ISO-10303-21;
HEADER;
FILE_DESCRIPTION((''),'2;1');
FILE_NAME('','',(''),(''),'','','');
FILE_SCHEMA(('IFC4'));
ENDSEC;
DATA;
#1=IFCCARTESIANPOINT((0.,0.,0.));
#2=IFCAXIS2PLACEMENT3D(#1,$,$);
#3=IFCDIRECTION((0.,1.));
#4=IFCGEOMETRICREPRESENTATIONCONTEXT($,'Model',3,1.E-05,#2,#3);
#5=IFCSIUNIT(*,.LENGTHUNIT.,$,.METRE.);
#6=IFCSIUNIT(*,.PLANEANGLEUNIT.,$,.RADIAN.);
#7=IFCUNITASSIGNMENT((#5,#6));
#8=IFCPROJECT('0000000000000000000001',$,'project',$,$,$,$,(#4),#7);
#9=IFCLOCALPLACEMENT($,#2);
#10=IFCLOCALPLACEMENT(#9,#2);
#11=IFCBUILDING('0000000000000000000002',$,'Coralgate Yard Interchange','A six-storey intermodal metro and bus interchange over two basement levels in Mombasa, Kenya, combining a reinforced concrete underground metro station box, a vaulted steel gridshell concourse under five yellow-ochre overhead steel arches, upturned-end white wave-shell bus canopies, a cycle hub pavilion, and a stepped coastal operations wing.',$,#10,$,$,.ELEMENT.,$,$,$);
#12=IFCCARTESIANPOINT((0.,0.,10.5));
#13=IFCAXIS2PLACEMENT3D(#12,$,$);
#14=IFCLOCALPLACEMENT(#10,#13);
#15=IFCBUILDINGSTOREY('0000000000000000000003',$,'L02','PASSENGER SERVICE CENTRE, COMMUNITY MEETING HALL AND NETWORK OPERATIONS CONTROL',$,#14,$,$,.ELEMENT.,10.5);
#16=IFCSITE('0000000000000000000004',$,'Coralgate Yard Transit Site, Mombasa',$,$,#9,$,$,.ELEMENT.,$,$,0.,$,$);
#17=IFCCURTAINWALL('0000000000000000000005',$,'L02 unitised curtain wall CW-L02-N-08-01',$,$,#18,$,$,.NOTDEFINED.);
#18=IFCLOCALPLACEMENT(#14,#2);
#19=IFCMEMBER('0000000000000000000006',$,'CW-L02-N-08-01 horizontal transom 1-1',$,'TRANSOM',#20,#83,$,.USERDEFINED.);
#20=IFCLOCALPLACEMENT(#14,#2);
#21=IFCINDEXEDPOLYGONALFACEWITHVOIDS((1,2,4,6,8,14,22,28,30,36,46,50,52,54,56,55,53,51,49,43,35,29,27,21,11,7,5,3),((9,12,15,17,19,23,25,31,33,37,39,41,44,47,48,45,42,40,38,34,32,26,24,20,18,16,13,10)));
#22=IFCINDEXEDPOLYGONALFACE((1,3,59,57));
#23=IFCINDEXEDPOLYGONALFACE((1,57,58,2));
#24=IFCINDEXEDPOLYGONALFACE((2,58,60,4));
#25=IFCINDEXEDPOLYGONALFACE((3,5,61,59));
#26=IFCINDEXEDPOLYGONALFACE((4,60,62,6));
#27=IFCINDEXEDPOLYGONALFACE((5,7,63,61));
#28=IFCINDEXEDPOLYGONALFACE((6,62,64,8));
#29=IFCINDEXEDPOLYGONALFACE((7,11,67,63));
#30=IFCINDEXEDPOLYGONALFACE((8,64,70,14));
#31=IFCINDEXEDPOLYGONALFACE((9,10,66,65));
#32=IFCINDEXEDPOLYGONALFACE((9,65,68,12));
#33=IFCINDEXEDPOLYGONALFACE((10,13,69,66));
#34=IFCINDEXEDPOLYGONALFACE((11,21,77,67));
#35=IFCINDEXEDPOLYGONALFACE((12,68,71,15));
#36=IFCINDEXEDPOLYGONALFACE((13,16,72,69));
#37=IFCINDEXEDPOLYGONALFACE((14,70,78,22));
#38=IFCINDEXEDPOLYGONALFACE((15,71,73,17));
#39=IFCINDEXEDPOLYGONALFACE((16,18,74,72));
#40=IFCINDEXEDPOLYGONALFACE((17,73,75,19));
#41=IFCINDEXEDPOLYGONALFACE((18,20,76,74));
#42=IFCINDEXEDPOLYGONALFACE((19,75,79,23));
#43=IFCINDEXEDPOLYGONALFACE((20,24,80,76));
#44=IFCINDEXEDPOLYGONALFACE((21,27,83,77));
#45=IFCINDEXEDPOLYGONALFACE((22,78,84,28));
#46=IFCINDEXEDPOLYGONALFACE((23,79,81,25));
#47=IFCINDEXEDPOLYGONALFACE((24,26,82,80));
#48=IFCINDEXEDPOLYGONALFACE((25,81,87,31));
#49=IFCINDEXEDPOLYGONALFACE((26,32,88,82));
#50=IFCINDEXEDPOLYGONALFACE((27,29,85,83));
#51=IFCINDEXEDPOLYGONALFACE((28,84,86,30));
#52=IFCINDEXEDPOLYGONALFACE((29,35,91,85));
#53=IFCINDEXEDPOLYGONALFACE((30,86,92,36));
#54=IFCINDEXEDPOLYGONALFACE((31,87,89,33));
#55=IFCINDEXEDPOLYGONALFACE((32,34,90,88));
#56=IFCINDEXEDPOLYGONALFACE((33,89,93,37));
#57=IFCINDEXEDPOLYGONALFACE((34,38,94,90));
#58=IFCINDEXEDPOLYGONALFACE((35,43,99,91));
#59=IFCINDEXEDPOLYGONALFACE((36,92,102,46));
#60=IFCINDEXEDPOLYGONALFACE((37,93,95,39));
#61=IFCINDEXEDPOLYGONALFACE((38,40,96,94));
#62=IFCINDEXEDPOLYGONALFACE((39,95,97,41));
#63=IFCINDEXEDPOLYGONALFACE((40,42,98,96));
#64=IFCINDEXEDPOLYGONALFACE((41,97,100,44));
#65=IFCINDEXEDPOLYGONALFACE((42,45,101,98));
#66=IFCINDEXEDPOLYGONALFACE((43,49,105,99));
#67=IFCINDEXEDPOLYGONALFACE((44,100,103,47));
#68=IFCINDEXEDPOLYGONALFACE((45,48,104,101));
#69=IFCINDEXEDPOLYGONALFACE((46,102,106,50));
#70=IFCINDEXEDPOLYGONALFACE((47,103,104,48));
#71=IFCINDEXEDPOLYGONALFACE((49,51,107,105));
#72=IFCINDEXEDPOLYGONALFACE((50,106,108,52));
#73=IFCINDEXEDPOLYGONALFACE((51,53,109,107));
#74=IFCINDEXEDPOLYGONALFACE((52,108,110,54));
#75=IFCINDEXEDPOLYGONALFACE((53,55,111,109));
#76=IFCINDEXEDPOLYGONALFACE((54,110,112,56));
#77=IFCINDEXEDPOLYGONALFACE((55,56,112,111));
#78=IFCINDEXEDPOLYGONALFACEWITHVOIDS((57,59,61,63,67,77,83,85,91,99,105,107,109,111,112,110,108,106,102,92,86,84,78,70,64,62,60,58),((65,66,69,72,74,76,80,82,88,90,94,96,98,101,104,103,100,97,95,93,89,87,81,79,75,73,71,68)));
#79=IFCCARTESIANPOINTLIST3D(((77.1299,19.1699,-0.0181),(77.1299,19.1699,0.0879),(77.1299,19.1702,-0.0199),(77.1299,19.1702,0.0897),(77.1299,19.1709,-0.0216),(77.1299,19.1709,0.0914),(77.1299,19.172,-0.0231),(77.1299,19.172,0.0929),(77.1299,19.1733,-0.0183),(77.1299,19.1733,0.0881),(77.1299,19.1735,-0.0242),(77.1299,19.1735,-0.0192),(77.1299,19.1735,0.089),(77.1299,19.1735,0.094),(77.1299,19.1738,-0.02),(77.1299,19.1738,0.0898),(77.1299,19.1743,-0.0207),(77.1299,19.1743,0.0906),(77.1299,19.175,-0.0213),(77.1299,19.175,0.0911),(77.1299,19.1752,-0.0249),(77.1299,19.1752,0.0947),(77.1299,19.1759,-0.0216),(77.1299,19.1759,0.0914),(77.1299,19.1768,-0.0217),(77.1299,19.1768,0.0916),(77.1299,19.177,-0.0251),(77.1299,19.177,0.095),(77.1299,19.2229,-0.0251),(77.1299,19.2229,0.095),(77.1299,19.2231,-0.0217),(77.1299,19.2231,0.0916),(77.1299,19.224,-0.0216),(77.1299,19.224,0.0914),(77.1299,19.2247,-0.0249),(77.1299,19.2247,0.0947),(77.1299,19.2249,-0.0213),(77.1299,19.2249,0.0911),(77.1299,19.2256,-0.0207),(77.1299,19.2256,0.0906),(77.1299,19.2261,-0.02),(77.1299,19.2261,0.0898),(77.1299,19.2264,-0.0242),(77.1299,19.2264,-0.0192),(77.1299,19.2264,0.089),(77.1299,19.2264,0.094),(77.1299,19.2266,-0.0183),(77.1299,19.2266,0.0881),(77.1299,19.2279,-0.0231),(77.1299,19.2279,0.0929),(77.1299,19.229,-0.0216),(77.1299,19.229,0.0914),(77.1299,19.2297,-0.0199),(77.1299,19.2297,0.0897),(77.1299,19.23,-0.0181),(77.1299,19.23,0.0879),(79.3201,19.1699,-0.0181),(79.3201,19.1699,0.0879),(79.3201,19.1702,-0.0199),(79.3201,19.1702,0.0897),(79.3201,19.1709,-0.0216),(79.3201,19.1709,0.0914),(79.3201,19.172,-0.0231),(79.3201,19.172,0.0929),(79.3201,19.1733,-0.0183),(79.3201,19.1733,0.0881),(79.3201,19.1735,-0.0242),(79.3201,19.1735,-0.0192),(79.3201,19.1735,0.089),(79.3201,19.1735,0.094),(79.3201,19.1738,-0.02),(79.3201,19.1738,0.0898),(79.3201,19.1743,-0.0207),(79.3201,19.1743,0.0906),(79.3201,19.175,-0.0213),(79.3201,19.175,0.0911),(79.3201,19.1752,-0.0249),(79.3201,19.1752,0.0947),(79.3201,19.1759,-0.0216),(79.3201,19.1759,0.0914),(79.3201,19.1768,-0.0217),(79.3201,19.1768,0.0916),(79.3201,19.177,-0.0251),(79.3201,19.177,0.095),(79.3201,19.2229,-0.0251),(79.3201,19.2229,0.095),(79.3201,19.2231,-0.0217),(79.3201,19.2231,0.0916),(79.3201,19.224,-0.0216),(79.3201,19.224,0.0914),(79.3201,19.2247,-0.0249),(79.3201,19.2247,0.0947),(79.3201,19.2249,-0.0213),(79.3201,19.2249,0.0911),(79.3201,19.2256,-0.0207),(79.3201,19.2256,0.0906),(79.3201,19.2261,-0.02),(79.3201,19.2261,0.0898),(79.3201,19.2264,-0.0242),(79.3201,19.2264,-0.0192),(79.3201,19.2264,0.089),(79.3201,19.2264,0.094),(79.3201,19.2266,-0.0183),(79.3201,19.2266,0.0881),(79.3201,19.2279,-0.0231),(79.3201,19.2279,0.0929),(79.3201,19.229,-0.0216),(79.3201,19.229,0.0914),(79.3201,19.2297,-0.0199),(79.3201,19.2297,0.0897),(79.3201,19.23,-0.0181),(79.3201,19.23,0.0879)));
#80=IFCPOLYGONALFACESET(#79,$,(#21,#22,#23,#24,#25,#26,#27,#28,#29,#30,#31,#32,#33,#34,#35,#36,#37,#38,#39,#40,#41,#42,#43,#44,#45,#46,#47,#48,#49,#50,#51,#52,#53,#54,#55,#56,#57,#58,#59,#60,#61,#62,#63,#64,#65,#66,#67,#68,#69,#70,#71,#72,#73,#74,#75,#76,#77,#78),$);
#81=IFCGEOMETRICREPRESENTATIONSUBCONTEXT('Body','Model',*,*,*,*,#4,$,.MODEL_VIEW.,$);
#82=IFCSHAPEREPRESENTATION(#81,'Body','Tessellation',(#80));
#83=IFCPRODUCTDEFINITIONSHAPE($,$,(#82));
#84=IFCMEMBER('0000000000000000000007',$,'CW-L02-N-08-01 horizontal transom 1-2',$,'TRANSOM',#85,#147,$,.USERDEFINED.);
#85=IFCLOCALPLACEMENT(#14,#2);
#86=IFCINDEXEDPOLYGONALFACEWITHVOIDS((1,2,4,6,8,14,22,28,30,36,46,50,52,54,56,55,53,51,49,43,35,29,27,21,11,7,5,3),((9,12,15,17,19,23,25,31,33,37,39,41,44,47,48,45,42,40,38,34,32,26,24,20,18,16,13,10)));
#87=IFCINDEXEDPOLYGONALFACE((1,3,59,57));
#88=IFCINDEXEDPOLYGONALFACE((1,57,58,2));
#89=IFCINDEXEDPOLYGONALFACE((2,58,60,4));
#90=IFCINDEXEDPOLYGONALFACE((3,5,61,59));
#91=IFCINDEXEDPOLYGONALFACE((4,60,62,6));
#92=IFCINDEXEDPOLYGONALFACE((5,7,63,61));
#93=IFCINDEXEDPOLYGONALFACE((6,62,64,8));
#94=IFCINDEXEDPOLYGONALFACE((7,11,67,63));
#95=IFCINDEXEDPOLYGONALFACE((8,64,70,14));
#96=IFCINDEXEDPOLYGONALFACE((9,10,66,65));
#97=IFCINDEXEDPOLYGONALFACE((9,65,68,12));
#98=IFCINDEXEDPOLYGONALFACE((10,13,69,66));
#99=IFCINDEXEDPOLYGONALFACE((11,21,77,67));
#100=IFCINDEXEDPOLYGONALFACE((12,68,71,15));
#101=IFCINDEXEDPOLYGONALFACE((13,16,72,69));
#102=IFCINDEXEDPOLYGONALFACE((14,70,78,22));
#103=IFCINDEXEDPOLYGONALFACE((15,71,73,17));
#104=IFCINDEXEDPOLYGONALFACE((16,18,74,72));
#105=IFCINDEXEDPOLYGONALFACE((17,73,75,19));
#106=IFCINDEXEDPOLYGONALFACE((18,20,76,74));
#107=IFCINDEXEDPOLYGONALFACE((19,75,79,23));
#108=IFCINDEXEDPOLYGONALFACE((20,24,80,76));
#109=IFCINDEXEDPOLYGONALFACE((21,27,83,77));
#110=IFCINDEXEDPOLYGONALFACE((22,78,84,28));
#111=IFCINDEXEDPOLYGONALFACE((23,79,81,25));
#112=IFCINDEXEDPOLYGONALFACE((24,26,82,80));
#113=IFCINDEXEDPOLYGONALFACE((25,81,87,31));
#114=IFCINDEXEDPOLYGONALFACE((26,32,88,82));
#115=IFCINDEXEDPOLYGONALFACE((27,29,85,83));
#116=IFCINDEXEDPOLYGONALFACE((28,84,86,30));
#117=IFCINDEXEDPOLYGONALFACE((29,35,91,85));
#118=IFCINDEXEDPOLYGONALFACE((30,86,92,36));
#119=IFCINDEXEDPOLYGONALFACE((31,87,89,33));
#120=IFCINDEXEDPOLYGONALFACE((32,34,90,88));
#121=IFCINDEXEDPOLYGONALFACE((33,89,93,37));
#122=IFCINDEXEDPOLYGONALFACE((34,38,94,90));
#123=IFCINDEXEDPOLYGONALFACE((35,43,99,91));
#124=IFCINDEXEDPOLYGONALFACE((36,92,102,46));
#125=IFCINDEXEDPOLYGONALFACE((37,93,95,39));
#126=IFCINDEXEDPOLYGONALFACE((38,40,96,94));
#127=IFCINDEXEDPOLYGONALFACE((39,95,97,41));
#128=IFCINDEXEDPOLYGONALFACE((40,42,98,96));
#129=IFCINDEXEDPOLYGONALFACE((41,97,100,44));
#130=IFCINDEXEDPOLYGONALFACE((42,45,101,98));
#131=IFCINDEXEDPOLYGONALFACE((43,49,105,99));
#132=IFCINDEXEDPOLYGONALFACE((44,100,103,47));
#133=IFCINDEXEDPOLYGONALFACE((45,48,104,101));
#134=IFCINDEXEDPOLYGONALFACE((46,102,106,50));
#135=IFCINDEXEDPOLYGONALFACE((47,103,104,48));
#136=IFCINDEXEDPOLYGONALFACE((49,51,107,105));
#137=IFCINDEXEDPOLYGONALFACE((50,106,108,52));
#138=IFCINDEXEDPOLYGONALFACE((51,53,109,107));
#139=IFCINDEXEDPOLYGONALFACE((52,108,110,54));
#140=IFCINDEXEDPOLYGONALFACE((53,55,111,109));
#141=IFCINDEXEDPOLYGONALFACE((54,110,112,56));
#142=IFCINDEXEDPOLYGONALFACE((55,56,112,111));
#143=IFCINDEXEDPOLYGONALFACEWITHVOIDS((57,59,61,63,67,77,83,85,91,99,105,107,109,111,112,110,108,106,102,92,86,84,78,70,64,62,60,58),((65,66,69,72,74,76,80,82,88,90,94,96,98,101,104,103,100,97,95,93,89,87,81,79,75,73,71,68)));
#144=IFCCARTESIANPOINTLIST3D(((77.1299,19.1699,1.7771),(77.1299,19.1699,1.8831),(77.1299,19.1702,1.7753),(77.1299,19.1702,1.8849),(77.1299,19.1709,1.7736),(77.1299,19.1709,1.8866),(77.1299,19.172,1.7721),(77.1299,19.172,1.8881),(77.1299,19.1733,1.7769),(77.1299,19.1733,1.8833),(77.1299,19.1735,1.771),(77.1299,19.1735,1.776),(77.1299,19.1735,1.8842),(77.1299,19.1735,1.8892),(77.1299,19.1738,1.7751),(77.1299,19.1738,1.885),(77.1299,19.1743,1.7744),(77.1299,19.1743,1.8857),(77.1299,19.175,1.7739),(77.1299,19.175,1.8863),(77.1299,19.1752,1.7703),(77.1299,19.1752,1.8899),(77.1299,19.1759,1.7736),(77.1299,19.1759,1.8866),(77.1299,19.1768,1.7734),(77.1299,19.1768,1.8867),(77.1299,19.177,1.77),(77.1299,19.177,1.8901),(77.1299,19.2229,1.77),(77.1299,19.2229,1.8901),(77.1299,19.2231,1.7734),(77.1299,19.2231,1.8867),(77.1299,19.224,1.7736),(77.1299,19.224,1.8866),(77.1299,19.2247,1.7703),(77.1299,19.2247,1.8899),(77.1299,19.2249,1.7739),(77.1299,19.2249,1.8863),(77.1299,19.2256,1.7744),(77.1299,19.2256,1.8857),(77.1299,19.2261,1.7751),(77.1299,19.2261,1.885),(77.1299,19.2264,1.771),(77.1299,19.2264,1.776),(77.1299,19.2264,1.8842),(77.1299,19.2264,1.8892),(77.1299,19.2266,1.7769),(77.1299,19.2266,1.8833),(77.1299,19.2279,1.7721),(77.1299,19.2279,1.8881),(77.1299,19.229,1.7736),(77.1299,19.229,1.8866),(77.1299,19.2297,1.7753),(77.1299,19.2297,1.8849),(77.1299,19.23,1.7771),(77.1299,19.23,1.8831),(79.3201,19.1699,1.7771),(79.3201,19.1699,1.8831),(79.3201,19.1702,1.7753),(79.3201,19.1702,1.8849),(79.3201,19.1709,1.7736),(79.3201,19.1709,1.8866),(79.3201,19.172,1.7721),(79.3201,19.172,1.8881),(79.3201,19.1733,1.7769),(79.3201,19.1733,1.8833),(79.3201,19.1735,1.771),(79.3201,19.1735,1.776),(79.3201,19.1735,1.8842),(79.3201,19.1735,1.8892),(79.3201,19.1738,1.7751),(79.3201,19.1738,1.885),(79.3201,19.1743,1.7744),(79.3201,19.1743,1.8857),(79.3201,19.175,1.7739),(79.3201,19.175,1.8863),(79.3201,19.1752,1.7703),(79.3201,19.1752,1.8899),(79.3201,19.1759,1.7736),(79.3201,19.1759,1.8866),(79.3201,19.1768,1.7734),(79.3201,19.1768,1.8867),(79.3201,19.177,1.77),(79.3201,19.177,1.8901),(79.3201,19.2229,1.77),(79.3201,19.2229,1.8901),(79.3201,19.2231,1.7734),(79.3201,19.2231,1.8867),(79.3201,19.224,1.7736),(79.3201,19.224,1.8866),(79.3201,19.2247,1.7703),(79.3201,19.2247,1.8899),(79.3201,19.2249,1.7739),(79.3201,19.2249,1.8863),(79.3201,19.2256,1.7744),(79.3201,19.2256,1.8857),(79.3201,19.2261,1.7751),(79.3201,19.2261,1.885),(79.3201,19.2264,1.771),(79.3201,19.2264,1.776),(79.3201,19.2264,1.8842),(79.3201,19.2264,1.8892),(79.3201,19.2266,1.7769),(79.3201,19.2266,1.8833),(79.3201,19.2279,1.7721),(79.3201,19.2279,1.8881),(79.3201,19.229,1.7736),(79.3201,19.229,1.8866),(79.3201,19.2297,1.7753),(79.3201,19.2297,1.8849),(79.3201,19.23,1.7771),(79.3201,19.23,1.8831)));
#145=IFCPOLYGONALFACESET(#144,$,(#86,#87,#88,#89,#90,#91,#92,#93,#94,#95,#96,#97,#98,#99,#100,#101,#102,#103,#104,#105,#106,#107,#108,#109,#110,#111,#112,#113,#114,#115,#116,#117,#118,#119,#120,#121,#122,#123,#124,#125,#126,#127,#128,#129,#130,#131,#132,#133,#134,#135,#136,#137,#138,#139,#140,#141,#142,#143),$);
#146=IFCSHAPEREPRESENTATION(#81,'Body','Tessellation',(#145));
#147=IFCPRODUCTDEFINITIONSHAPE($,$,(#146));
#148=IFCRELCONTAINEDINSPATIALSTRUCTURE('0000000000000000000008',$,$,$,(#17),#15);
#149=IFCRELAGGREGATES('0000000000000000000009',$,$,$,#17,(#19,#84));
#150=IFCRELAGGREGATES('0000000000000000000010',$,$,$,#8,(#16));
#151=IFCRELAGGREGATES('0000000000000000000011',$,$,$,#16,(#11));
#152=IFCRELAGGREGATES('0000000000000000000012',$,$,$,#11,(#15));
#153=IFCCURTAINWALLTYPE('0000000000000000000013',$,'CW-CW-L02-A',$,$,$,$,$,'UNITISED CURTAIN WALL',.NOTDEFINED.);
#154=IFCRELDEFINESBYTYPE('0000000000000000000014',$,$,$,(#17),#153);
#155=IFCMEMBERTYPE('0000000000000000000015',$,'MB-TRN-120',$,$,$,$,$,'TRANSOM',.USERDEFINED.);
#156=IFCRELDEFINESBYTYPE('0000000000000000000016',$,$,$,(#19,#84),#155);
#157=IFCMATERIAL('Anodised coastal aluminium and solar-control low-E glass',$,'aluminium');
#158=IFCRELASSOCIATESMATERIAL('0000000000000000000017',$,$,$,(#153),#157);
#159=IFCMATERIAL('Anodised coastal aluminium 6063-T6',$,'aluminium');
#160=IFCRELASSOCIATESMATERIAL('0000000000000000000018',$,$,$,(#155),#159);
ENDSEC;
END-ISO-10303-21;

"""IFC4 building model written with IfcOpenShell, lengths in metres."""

from ifc_helpers import new_model, si_unit, direction, frame, origin, origin_2d, place, context, subcontext, project, spatial, hollow_rectangle, extrude, material, material_profile, profile_set, type_object, element, aggregate, save


model = new_model("IFC4")

# Units and contexts
model_context = context("Model", 3, precision=1e-05, world=origin(), true_north=direction((0.0, 1.0)))
body_context = subcontext(model_context, "Body", "Model", "MODEL_VIEW")
ifc_project = project(units=[si_unit("LENGTHUNIT", "METRE"), si_unit("PLANEANGLEUNIT", "RADIAN")], contexts=[model_context])

# Site, building, storey
site_placement = place(None, origin())
site = spatial("IfcSite", under=ifc_project, at=site_placement, Name="Coralgate Yard Transit Site, Mombasa", CompositionType="ELEMENT", RefElevation=0.0)
building_placement = place(site_placement, origin())
building = spatial("IfcBuilding", under=site, at=building_placement, Name="Coralgate Yard Interchange", Description="A six-storey intermodal metro and bus interchange over two basement levels in Mombasa, Kenya, combining a reinforced concrete underground metro station box, a vaulted steel gridshell concourse under five yellow-ochre overhead steel arches, upturned-end white wave-shell bus canopies, a cycle hub pavilion, and a stepped coastal operations wing.", CompositionType="ELEMENT")
storey_placement = place(building_placement, frame((0.0, 0.0, 10.5)))
storey = spatial("IfcBuildingStorey", under=building, at=storey_placement, Name="L02", Description="PASSENGER SERVICE CENTRE, COMMUNITY MEETING HALL AND NETWORK OPERATIONS CONTROL", CompositionType="ELEMENT", Elevation=10.5)

# Curtain wall
ifc_material_1 = material(Name="Anodised coastal aluminium and solar-control low-E glass", Category="aluminium")
curtain_wall_type = type_object("IfcCurtainWallType", Name="CW-CW-L02-A", ElementType="UNITISED CURTAIN WALL", PredefinedType="NOTDEFINED", material=ifc_material_1)
curtain_wall_placement = place(storey_placement, origin())
curtain_wall = element("IfcCurtainWall", 1, at=curtain_wall_placement, inside=storey, type_object=curtain_wall_type, Name="L02 unitised curtain wall CW-L02-N-08-01", PredefinedType="NOTDEFINED")
ifc_material_2 = material(Name="Anodised coastal aluminium 6063-T6", Category="aluminium")

# Members
ifc_material_profile_1 = material_profile(ifc_material_2, hollow_rectangle(XDim=0.0601, YDim=0.1201, WallThickness=0.0034, InnerFilletRadius=0.0034, OuterFilletRadius=0.0071, at=origin_2d()), Name="ALU 60x120x3.5")
ifc_profile_set_1 = profile_set([ifc_material_profile_1], Name="Anodised coastal aluminium 6063-T6")
member_type_1 = type_object("IfcMemberType", Name="MB-TRN-120", ElementType="TRANSOM", PredefinedType="USERDEFINED", material=ifc_profile_set_1)
member_1_placement = place(storey_placement, frame((77.1299, 19.2, 0.0349), z_axis=(1.0, 0.0, 0.0), x_axis=(0.0, 1.0, 0.0)))
member_1 = element("IfcMember", 2, at=member_1_placement, type_object=member_type_1, Name="CW-L02-N-08-01 horizontal transom 1-1", ObjectType="TRANSOM", PredefinedType="USERDEFINED", context=body_context, shape_type="SweptSolid", body=[
    extrude(hollow_rectangle(XDim=0.0601, YDim=0.1201, WallThickness=0.0034, InnerFilletRadius=0.0034, OuterFilletRadius=0.0071, at=origin_2d()), origin(), (0.0, 0.0, 1.0), 2.1902),
])
member_2_placement = place(storey_placement, frame((77.1299, 19.2, 1.8301), z_axis=(1.0, 0.0, 0.0), x_axis=(0.0, 1.0, 0.0)))
member_2 = element("IfcMember", 3, at=member_2_placement, type_object=member_type_1, Name="CW-L02-N-08-01 horizontal transom 1-2", ObjectType="TRANSOM", PredefinedType="USERDEFINED", context=body_context, shape_type="SweptSolid", body=[
    extrude(hollow_rectangle(XDim=0.0601, YDim=0.1201, WallThickness=0.0034, InnerFilletRadius=0.0034, OuterFilletRadius=0.0071, at=origin_2d()), origin(), (0.0, 0.0, 1.0), 2.1902),
])

aggregate(curtain_wall, [member_1, member_2])

save(model, "model.ifc")
